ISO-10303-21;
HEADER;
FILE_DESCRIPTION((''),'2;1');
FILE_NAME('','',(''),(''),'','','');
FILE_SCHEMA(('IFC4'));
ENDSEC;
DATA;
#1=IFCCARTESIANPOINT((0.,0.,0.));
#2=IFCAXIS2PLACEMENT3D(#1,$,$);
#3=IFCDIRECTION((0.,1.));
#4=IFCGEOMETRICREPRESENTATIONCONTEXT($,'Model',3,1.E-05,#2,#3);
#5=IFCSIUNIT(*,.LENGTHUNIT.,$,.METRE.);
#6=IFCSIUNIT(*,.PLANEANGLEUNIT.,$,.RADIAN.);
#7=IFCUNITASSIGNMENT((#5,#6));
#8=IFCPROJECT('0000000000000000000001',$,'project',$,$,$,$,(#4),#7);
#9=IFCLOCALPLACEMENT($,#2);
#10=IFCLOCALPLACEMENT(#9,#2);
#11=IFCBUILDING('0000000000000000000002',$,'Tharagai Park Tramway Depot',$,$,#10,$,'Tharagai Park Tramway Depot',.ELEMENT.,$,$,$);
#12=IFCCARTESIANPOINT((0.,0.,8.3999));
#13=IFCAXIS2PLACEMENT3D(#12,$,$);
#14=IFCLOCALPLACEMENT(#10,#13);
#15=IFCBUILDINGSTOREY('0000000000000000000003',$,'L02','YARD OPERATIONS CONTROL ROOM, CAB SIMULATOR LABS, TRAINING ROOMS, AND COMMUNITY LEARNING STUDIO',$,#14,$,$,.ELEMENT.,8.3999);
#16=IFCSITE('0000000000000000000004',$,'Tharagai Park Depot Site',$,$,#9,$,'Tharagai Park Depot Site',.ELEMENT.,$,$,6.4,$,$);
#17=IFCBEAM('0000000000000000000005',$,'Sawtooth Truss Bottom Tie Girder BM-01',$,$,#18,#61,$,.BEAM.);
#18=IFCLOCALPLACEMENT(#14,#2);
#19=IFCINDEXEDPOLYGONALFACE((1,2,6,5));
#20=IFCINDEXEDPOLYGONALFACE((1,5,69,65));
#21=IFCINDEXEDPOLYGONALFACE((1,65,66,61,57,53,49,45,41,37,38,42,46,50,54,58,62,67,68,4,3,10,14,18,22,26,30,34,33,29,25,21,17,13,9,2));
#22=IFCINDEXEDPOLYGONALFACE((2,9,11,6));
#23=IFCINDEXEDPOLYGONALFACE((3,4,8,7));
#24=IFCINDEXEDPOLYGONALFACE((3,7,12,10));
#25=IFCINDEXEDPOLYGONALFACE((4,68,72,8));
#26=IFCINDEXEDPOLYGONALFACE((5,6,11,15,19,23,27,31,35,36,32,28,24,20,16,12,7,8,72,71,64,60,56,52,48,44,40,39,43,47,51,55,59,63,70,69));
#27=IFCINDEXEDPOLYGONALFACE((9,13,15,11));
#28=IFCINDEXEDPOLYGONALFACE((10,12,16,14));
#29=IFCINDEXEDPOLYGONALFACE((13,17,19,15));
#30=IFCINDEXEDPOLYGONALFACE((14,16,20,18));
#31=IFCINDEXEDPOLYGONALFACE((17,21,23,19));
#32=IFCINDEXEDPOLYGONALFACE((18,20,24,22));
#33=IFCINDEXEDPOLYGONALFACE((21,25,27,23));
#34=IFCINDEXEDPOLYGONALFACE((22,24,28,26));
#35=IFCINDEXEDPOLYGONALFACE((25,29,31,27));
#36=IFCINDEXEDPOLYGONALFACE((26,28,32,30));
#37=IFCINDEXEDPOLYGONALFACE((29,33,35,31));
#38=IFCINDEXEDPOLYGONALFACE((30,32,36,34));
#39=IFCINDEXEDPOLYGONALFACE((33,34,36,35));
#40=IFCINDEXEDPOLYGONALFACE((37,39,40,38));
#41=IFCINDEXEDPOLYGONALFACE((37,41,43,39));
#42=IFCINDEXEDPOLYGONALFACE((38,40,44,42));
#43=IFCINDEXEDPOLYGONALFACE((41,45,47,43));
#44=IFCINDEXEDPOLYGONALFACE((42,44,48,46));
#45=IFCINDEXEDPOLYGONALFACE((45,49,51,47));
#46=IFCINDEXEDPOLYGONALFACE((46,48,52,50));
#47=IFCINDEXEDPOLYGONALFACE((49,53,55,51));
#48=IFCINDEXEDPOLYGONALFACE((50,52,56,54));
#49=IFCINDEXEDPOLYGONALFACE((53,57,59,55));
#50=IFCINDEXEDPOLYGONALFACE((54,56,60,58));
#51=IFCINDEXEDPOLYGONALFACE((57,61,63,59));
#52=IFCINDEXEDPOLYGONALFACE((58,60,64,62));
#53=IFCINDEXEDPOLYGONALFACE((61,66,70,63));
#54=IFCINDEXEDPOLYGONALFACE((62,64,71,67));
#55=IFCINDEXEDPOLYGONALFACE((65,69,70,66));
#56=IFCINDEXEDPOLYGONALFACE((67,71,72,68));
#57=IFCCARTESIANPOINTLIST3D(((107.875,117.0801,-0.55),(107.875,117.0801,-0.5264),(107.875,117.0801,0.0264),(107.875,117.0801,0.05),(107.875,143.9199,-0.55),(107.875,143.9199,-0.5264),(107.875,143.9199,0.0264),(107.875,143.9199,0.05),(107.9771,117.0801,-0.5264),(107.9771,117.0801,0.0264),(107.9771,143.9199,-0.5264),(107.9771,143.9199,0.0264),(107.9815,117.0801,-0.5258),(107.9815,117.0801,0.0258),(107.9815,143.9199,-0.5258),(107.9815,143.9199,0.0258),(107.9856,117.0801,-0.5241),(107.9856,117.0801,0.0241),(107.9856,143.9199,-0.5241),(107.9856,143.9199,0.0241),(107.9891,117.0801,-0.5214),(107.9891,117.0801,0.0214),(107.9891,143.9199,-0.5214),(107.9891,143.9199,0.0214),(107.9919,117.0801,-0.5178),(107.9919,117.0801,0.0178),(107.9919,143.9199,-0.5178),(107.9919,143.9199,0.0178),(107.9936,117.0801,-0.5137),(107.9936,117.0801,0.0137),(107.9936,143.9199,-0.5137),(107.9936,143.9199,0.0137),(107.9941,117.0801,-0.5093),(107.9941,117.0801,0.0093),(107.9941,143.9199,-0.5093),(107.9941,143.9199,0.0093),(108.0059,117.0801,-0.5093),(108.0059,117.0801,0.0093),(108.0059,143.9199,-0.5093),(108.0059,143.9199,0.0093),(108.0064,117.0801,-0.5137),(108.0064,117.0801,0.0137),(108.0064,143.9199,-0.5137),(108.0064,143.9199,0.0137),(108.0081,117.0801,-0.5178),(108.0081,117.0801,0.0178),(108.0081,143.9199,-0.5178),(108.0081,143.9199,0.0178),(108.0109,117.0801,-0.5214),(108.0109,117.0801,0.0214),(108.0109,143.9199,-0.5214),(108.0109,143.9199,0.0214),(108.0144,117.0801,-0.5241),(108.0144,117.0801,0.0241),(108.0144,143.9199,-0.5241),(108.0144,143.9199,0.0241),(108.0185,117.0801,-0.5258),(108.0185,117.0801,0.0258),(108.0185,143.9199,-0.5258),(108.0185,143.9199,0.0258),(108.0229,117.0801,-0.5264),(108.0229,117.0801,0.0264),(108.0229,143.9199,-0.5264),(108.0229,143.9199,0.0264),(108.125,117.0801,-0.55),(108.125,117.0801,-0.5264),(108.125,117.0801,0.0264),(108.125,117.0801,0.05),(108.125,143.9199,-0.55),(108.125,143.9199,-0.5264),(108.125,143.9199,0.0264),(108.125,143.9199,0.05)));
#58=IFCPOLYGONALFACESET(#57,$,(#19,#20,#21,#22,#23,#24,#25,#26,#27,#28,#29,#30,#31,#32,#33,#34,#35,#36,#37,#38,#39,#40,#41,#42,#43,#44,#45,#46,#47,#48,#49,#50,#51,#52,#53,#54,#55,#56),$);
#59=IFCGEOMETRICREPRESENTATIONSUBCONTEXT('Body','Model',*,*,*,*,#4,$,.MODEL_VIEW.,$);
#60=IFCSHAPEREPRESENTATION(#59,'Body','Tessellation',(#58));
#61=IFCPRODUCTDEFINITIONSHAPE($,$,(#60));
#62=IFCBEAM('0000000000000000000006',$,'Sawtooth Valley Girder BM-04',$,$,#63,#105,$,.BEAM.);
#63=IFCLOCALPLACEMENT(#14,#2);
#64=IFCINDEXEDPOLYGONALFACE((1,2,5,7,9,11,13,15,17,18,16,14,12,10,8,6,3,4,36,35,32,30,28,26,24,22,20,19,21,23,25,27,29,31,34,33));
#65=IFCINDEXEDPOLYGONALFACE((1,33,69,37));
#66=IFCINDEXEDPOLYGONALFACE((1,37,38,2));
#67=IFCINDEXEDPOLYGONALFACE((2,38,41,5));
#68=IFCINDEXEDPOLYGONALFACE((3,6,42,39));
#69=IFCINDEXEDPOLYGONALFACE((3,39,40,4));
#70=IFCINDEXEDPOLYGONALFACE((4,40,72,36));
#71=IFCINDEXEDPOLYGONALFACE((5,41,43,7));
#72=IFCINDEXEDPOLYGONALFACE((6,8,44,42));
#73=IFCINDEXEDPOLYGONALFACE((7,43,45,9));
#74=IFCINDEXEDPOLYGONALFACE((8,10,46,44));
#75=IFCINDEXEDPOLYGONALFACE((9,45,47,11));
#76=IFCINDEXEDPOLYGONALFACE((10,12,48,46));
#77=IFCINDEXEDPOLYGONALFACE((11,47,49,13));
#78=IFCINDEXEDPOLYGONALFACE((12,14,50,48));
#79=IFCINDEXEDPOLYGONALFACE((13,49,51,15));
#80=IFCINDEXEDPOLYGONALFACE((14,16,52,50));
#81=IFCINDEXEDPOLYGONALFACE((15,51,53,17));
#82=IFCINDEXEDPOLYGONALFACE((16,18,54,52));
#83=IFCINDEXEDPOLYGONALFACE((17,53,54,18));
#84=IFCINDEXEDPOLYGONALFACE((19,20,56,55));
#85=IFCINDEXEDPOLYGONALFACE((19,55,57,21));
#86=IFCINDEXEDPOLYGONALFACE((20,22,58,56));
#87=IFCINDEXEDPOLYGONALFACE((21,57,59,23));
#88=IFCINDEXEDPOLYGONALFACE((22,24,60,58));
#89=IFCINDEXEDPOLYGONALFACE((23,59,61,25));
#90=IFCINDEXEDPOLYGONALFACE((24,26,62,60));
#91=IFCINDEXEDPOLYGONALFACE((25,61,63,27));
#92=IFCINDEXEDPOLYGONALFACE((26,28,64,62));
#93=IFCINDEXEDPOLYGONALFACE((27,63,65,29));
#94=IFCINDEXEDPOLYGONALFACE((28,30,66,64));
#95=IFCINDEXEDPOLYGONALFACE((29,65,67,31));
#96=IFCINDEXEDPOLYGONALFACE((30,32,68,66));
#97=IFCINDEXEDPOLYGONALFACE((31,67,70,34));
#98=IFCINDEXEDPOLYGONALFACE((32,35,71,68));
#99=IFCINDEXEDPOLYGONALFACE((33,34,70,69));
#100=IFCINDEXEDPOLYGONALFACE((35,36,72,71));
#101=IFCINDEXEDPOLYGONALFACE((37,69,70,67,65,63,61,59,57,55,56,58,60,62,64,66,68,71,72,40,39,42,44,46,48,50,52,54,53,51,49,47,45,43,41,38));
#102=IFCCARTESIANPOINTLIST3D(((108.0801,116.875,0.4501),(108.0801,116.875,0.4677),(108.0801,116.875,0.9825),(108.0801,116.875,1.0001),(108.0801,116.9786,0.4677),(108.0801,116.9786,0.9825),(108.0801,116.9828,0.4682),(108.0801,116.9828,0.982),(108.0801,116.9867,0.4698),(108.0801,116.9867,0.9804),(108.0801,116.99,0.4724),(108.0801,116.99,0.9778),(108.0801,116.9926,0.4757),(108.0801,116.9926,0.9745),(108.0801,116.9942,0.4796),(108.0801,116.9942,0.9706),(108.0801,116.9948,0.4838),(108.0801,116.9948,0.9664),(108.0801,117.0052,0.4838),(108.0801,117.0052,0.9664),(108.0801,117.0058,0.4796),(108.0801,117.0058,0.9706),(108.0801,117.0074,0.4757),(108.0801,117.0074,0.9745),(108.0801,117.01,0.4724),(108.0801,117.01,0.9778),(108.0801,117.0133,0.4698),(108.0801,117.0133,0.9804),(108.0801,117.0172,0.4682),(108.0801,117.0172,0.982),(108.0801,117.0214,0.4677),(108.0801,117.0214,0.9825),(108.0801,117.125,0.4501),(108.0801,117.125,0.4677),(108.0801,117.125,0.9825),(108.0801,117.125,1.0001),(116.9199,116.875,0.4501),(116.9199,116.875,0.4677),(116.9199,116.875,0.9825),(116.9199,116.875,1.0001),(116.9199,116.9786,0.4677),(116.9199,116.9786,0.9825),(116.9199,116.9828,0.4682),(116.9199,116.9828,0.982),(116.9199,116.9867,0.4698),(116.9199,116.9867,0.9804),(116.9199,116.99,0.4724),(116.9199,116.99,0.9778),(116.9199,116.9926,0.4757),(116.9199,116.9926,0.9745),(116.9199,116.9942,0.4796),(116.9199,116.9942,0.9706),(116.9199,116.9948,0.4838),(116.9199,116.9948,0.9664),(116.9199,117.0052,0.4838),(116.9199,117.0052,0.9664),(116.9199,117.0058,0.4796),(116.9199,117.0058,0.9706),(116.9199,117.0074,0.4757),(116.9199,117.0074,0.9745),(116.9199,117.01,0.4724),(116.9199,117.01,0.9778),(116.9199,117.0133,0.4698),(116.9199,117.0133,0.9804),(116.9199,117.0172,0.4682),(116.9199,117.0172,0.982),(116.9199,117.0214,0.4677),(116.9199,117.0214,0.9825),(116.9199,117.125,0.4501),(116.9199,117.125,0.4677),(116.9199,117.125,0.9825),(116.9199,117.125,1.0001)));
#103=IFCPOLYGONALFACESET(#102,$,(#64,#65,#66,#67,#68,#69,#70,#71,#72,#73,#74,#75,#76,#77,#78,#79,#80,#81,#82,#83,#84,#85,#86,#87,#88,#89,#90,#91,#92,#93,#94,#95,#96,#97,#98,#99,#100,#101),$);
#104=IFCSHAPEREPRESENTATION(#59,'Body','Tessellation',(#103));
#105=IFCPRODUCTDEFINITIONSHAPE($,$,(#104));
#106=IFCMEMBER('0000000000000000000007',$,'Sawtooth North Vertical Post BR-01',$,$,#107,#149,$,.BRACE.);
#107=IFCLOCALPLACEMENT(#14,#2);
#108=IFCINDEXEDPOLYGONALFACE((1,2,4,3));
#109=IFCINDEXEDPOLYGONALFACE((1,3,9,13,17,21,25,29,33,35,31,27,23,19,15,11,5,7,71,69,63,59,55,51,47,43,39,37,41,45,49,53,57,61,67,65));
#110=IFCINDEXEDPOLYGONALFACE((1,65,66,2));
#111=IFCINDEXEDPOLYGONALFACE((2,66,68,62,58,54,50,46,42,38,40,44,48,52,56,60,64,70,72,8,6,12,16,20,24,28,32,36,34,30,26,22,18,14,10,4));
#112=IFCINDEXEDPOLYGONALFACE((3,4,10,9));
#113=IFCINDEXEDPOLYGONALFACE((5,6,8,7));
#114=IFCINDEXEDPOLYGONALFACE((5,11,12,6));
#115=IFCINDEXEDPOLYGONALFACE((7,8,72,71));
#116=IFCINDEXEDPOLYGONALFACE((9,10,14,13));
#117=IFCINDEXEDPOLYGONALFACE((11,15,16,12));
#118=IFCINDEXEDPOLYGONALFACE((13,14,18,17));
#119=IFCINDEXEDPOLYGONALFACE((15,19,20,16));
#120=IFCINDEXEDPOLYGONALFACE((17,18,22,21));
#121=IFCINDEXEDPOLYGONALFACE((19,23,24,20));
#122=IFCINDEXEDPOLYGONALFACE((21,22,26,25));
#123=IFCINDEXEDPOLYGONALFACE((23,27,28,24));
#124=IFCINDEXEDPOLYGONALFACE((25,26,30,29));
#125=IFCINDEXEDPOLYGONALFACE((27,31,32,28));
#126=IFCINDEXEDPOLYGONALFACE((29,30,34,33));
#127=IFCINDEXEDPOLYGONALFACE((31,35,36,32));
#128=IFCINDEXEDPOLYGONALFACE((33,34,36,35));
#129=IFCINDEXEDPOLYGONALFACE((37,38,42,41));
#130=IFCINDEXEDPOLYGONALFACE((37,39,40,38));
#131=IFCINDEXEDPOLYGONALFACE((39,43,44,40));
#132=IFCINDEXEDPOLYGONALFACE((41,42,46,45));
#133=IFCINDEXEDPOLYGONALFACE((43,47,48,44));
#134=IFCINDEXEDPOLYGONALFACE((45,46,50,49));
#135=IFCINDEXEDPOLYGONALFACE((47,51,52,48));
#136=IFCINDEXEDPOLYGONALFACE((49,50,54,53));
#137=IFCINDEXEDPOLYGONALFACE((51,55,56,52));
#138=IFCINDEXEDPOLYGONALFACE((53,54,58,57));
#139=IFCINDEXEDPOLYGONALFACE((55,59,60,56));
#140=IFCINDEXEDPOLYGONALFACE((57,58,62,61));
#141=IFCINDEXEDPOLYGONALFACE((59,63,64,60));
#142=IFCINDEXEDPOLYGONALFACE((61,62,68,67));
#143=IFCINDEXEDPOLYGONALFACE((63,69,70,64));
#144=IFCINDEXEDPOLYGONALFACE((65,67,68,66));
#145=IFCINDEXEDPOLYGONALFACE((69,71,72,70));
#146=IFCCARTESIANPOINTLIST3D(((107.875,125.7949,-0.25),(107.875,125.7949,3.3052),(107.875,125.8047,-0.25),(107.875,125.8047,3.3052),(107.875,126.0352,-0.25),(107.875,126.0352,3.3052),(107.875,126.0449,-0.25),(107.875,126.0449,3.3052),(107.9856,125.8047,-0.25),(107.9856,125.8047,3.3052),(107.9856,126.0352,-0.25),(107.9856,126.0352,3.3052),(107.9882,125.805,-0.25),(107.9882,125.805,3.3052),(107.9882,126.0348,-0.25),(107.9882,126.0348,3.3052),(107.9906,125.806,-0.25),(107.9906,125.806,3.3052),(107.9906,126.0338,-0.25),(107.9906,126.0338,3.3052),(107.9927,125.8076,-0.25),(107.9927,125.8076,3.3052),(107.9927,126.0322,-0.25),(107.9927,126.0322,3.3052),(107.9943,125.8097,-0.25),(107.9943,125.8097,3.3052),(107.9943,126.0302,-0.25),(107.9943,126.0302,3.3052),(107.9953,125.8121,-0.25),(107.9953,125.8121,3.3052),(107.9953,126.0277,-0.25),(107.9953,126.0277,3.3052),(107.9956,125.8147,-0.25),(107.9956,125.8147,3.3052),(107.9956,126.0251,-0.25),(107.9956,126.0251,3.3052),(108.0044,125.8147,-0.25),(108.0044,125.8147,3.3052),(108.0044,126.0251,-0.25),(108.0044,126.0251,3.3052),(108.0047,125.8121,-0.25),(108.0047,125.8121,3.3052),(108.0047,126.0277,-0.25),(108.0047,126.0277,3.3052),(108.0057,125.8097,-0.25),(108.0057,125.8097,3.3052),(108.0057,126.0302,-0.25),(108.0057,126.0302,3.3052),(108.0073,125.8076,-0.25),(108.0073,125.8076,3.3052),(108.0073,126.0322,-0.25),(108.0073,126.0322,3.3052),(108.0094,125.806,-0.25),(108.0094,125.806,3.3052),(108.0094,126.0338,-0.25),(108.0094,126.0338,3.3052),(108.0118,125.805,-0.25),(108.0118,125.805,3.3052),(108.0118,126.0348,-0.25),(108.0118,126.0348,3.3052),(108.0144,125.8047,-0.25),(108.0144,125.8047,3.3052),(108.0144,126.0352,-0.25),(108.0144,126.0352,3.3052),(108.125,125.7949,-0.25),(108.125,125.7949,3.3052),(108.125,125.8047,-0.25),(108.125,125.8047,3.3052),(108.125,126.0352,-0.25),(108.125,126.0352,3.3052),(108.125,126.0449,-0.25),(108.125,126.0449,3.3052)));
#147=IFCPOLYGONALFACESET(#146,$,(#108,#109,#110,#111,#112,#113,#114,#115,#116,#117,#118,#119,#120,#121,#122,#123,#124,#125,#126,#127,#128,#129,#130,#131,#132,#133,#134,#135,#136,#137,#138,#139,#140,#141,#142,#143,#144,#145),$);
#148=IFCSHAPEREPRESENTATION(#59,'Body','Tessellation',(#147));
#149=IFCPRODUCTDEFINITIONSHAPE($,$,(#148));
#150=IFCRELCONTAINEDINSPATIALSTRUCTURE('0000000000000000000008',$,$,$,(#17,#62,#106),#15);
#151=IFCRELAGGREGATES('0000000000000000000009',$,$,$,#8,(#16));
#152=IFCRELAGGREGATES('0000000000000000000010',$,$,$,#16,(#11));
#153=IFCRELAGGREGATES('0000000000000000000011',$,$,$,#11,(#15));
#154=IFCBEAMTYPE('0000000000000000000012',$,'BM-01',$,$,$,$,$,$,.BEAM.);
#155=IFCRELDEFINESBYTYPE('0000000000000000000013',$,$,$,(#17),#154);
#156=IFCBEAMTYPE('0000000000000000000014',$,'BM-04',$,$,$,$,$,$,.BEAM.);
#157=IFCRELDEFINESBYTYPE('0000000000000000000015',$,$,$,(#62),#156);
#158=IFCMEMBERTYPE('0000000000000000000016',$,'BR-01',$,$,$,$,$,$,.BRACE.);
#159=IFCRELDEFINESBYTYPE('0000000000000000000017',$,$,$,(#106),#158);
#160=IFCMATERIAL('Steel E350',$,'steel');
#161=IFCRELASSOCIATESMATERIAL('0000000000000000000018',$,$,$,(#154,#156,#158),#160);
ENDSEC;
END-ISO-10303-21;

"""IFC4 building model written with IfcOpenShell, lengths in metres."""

from ifc_helpers import new_model, si_unit, direction, frame, origin, origin_2d, place, context, subcontext, project, spatial, i_section, extrude, material, material_profile, profile_set, type_object, element, save


model = new_model("IFC4")

# Units and contexts
model_context = context("Model", 3, precision=1e-05, world=origin(), true_north=direction((0.0, 1.0)))
body_context = subcontext(model_context, "Body", "Model", "MODEL_VIEW")
ifc_project = project(units=[si_unit("LENGTHUNIT", "METRE"), si_unit("PLANEANGLEUNIT", "RADIAN")], contexts=[model_context])

# Site, building, storey
site_placement = place(None, origin())
site = spatial("IfcSite", under=ifc_project, at=site_placement, Name="Tharagai Park Depot Site", LongName="Tharagai Park Depot Site", CompositionType="ELEMENT", RefElevation=6.4)
building_placement = place(site_placement, origin())
building = spatial("IfcBuilding", under=site, at=building_placement, Name="Tharagai Park Tramway Depot", LongName="Tharagai Park Tramway Depot", CompositionType="ELEMENT")
storey_placement = place(building_placement, frame((0.0, 0.0, 8.3999)))
storey = spatial("IfcBuildingStorey", under=building, at=storey_placement, Name="L02", Description="YARD OPERATIONS CONTROL ROOM, CAB SIMULATOR LABS, TRAINING ROOMS, AND COMMUNITY LEARNING STUDIO", CompositionType="ELEMENT", Elevation=8.3999)

# Beams
ifc_material_1 = material(Name="Steel E350", Category="steel")
ifc_material_profile_1 = material_profile(ifc_material_1, i_section(OverallWidth=0.25, OverallDepth=0.6001, WebThickness=0.0117, FlangeThickness=0.0237, FilletRadius=0.0171, at=origin_2d()), Name="ISWB 600")
ifc_profile_set_1 = profile_set([ifc_material_profile_1], Name="Steel E350")
beam_type_1 = type_object("IfcBeamType", Name="BM-01", PredefinedType="BEAM", material=ifc_profile_set_1)
beam_1_placement = place(storey_placement, frame((108.0, 117.0801, -0.25), z_axis=(0.0, 1.0, 0.0), x_axis=(-1.0, 0.0, 0.0)))
element("IfcBeam", 1, at=beam_1_placement, inside=storey, type_object=beam_type_1, Name="Sawtooth Truss Bottom Tie Girder BM-01", PredefinedType="BEAM", context=body_context, shape_type="SweptSolid", body=[
    extrude(i_section(OverallWidth=0.25, OverallDepth=0.6001, WebThickness=0.0117, FlangeThickness=0.0237, FilletRadius=0.0171, at=origin_2d()), origin(), (0.0, 0.0, 1.0), 26.8398),
])
ifc_material_profile_2 = material_profile(ifc_material_1, i_section(OverallWidth=0.25, OverallDepth=0.55, WebThickness=0.0105, FlangeThickness=0.0176, FilletRadius=0.0161, at=origin_2d()), Name="ISWB 550")
ifc_profile_set_2 = profile_set([ifc_material_profile_2], Name="Steel E350")
beam_type_2 = type_object("IfcBeamType", Name="BM-04", PredefinedType="BEAM", material=ifc_profile_set_2)
beam_2_placement = place(storey_placement, frame((108.0801, 117.0, 0.7251), z_axis=(1.0, 0.0, 0.0), x_axis=(0.0, 1.0, 0.0)))
element("IfcBeam", 2, at=beam_2_placement, inside=storey, type_object=beam_type_2, Name="Sawtooth Valley Girder BM-04", PredefinedType="BEAM", context=body_context, shape_type="SweptSolid", body=[
    extrude(i_section(OverallWidth=0.25, OverallDepth=0.55, WebThickness=0.0105, FlangeThickness=0.0176, FilletRadius=0.0161, at=origin_2d()), origin(), (0.0, 0.0, 1.0), 8.8398),
])

# Member
ifc_material_profile_3 = material_profile(ifc_material_1, i_section(OverallWidth=0.25, OverallDepth=0.25, WebThickness=0.0088, FlangeThickness=0.0098, FilletRadius=0.01, at=origin_2d()), Name="ISHB 250")
ifc_profile_set_3 = profile_set([ifc_material_profile_3], Name="Steel E350")
member_type_1 = type_object("IfcMemberType", Name="BR-01", PredefinedType="BRACE", material=ifc_profile_set_3)
member_1_placement = place(storey_placement, frame((108.0, 125.9199, -0.25), z_axis=(0.0, 0.0, 1.0), x_axis=(1.0, 0.0, 0.0)))
element("IfcMember", 3, at=member_1_placement, inside=storey, type_object=member_type_1, Name="Sawtooth North Vertical Post BR-01", PredefinedType="BRACE", context=body_context, shape_type="SweptSolid", body=[
    extrude(i_section(OverallWidth=0.25, OverallDepth=0.25, WebThickness=0.0088, FlangeThickness=0.0098, FilletRadius=0.01, at=origin_2d()), origin(), (0.0, 0.0, 1.0), 3.5552),
])

save(model, "model.ifc")
